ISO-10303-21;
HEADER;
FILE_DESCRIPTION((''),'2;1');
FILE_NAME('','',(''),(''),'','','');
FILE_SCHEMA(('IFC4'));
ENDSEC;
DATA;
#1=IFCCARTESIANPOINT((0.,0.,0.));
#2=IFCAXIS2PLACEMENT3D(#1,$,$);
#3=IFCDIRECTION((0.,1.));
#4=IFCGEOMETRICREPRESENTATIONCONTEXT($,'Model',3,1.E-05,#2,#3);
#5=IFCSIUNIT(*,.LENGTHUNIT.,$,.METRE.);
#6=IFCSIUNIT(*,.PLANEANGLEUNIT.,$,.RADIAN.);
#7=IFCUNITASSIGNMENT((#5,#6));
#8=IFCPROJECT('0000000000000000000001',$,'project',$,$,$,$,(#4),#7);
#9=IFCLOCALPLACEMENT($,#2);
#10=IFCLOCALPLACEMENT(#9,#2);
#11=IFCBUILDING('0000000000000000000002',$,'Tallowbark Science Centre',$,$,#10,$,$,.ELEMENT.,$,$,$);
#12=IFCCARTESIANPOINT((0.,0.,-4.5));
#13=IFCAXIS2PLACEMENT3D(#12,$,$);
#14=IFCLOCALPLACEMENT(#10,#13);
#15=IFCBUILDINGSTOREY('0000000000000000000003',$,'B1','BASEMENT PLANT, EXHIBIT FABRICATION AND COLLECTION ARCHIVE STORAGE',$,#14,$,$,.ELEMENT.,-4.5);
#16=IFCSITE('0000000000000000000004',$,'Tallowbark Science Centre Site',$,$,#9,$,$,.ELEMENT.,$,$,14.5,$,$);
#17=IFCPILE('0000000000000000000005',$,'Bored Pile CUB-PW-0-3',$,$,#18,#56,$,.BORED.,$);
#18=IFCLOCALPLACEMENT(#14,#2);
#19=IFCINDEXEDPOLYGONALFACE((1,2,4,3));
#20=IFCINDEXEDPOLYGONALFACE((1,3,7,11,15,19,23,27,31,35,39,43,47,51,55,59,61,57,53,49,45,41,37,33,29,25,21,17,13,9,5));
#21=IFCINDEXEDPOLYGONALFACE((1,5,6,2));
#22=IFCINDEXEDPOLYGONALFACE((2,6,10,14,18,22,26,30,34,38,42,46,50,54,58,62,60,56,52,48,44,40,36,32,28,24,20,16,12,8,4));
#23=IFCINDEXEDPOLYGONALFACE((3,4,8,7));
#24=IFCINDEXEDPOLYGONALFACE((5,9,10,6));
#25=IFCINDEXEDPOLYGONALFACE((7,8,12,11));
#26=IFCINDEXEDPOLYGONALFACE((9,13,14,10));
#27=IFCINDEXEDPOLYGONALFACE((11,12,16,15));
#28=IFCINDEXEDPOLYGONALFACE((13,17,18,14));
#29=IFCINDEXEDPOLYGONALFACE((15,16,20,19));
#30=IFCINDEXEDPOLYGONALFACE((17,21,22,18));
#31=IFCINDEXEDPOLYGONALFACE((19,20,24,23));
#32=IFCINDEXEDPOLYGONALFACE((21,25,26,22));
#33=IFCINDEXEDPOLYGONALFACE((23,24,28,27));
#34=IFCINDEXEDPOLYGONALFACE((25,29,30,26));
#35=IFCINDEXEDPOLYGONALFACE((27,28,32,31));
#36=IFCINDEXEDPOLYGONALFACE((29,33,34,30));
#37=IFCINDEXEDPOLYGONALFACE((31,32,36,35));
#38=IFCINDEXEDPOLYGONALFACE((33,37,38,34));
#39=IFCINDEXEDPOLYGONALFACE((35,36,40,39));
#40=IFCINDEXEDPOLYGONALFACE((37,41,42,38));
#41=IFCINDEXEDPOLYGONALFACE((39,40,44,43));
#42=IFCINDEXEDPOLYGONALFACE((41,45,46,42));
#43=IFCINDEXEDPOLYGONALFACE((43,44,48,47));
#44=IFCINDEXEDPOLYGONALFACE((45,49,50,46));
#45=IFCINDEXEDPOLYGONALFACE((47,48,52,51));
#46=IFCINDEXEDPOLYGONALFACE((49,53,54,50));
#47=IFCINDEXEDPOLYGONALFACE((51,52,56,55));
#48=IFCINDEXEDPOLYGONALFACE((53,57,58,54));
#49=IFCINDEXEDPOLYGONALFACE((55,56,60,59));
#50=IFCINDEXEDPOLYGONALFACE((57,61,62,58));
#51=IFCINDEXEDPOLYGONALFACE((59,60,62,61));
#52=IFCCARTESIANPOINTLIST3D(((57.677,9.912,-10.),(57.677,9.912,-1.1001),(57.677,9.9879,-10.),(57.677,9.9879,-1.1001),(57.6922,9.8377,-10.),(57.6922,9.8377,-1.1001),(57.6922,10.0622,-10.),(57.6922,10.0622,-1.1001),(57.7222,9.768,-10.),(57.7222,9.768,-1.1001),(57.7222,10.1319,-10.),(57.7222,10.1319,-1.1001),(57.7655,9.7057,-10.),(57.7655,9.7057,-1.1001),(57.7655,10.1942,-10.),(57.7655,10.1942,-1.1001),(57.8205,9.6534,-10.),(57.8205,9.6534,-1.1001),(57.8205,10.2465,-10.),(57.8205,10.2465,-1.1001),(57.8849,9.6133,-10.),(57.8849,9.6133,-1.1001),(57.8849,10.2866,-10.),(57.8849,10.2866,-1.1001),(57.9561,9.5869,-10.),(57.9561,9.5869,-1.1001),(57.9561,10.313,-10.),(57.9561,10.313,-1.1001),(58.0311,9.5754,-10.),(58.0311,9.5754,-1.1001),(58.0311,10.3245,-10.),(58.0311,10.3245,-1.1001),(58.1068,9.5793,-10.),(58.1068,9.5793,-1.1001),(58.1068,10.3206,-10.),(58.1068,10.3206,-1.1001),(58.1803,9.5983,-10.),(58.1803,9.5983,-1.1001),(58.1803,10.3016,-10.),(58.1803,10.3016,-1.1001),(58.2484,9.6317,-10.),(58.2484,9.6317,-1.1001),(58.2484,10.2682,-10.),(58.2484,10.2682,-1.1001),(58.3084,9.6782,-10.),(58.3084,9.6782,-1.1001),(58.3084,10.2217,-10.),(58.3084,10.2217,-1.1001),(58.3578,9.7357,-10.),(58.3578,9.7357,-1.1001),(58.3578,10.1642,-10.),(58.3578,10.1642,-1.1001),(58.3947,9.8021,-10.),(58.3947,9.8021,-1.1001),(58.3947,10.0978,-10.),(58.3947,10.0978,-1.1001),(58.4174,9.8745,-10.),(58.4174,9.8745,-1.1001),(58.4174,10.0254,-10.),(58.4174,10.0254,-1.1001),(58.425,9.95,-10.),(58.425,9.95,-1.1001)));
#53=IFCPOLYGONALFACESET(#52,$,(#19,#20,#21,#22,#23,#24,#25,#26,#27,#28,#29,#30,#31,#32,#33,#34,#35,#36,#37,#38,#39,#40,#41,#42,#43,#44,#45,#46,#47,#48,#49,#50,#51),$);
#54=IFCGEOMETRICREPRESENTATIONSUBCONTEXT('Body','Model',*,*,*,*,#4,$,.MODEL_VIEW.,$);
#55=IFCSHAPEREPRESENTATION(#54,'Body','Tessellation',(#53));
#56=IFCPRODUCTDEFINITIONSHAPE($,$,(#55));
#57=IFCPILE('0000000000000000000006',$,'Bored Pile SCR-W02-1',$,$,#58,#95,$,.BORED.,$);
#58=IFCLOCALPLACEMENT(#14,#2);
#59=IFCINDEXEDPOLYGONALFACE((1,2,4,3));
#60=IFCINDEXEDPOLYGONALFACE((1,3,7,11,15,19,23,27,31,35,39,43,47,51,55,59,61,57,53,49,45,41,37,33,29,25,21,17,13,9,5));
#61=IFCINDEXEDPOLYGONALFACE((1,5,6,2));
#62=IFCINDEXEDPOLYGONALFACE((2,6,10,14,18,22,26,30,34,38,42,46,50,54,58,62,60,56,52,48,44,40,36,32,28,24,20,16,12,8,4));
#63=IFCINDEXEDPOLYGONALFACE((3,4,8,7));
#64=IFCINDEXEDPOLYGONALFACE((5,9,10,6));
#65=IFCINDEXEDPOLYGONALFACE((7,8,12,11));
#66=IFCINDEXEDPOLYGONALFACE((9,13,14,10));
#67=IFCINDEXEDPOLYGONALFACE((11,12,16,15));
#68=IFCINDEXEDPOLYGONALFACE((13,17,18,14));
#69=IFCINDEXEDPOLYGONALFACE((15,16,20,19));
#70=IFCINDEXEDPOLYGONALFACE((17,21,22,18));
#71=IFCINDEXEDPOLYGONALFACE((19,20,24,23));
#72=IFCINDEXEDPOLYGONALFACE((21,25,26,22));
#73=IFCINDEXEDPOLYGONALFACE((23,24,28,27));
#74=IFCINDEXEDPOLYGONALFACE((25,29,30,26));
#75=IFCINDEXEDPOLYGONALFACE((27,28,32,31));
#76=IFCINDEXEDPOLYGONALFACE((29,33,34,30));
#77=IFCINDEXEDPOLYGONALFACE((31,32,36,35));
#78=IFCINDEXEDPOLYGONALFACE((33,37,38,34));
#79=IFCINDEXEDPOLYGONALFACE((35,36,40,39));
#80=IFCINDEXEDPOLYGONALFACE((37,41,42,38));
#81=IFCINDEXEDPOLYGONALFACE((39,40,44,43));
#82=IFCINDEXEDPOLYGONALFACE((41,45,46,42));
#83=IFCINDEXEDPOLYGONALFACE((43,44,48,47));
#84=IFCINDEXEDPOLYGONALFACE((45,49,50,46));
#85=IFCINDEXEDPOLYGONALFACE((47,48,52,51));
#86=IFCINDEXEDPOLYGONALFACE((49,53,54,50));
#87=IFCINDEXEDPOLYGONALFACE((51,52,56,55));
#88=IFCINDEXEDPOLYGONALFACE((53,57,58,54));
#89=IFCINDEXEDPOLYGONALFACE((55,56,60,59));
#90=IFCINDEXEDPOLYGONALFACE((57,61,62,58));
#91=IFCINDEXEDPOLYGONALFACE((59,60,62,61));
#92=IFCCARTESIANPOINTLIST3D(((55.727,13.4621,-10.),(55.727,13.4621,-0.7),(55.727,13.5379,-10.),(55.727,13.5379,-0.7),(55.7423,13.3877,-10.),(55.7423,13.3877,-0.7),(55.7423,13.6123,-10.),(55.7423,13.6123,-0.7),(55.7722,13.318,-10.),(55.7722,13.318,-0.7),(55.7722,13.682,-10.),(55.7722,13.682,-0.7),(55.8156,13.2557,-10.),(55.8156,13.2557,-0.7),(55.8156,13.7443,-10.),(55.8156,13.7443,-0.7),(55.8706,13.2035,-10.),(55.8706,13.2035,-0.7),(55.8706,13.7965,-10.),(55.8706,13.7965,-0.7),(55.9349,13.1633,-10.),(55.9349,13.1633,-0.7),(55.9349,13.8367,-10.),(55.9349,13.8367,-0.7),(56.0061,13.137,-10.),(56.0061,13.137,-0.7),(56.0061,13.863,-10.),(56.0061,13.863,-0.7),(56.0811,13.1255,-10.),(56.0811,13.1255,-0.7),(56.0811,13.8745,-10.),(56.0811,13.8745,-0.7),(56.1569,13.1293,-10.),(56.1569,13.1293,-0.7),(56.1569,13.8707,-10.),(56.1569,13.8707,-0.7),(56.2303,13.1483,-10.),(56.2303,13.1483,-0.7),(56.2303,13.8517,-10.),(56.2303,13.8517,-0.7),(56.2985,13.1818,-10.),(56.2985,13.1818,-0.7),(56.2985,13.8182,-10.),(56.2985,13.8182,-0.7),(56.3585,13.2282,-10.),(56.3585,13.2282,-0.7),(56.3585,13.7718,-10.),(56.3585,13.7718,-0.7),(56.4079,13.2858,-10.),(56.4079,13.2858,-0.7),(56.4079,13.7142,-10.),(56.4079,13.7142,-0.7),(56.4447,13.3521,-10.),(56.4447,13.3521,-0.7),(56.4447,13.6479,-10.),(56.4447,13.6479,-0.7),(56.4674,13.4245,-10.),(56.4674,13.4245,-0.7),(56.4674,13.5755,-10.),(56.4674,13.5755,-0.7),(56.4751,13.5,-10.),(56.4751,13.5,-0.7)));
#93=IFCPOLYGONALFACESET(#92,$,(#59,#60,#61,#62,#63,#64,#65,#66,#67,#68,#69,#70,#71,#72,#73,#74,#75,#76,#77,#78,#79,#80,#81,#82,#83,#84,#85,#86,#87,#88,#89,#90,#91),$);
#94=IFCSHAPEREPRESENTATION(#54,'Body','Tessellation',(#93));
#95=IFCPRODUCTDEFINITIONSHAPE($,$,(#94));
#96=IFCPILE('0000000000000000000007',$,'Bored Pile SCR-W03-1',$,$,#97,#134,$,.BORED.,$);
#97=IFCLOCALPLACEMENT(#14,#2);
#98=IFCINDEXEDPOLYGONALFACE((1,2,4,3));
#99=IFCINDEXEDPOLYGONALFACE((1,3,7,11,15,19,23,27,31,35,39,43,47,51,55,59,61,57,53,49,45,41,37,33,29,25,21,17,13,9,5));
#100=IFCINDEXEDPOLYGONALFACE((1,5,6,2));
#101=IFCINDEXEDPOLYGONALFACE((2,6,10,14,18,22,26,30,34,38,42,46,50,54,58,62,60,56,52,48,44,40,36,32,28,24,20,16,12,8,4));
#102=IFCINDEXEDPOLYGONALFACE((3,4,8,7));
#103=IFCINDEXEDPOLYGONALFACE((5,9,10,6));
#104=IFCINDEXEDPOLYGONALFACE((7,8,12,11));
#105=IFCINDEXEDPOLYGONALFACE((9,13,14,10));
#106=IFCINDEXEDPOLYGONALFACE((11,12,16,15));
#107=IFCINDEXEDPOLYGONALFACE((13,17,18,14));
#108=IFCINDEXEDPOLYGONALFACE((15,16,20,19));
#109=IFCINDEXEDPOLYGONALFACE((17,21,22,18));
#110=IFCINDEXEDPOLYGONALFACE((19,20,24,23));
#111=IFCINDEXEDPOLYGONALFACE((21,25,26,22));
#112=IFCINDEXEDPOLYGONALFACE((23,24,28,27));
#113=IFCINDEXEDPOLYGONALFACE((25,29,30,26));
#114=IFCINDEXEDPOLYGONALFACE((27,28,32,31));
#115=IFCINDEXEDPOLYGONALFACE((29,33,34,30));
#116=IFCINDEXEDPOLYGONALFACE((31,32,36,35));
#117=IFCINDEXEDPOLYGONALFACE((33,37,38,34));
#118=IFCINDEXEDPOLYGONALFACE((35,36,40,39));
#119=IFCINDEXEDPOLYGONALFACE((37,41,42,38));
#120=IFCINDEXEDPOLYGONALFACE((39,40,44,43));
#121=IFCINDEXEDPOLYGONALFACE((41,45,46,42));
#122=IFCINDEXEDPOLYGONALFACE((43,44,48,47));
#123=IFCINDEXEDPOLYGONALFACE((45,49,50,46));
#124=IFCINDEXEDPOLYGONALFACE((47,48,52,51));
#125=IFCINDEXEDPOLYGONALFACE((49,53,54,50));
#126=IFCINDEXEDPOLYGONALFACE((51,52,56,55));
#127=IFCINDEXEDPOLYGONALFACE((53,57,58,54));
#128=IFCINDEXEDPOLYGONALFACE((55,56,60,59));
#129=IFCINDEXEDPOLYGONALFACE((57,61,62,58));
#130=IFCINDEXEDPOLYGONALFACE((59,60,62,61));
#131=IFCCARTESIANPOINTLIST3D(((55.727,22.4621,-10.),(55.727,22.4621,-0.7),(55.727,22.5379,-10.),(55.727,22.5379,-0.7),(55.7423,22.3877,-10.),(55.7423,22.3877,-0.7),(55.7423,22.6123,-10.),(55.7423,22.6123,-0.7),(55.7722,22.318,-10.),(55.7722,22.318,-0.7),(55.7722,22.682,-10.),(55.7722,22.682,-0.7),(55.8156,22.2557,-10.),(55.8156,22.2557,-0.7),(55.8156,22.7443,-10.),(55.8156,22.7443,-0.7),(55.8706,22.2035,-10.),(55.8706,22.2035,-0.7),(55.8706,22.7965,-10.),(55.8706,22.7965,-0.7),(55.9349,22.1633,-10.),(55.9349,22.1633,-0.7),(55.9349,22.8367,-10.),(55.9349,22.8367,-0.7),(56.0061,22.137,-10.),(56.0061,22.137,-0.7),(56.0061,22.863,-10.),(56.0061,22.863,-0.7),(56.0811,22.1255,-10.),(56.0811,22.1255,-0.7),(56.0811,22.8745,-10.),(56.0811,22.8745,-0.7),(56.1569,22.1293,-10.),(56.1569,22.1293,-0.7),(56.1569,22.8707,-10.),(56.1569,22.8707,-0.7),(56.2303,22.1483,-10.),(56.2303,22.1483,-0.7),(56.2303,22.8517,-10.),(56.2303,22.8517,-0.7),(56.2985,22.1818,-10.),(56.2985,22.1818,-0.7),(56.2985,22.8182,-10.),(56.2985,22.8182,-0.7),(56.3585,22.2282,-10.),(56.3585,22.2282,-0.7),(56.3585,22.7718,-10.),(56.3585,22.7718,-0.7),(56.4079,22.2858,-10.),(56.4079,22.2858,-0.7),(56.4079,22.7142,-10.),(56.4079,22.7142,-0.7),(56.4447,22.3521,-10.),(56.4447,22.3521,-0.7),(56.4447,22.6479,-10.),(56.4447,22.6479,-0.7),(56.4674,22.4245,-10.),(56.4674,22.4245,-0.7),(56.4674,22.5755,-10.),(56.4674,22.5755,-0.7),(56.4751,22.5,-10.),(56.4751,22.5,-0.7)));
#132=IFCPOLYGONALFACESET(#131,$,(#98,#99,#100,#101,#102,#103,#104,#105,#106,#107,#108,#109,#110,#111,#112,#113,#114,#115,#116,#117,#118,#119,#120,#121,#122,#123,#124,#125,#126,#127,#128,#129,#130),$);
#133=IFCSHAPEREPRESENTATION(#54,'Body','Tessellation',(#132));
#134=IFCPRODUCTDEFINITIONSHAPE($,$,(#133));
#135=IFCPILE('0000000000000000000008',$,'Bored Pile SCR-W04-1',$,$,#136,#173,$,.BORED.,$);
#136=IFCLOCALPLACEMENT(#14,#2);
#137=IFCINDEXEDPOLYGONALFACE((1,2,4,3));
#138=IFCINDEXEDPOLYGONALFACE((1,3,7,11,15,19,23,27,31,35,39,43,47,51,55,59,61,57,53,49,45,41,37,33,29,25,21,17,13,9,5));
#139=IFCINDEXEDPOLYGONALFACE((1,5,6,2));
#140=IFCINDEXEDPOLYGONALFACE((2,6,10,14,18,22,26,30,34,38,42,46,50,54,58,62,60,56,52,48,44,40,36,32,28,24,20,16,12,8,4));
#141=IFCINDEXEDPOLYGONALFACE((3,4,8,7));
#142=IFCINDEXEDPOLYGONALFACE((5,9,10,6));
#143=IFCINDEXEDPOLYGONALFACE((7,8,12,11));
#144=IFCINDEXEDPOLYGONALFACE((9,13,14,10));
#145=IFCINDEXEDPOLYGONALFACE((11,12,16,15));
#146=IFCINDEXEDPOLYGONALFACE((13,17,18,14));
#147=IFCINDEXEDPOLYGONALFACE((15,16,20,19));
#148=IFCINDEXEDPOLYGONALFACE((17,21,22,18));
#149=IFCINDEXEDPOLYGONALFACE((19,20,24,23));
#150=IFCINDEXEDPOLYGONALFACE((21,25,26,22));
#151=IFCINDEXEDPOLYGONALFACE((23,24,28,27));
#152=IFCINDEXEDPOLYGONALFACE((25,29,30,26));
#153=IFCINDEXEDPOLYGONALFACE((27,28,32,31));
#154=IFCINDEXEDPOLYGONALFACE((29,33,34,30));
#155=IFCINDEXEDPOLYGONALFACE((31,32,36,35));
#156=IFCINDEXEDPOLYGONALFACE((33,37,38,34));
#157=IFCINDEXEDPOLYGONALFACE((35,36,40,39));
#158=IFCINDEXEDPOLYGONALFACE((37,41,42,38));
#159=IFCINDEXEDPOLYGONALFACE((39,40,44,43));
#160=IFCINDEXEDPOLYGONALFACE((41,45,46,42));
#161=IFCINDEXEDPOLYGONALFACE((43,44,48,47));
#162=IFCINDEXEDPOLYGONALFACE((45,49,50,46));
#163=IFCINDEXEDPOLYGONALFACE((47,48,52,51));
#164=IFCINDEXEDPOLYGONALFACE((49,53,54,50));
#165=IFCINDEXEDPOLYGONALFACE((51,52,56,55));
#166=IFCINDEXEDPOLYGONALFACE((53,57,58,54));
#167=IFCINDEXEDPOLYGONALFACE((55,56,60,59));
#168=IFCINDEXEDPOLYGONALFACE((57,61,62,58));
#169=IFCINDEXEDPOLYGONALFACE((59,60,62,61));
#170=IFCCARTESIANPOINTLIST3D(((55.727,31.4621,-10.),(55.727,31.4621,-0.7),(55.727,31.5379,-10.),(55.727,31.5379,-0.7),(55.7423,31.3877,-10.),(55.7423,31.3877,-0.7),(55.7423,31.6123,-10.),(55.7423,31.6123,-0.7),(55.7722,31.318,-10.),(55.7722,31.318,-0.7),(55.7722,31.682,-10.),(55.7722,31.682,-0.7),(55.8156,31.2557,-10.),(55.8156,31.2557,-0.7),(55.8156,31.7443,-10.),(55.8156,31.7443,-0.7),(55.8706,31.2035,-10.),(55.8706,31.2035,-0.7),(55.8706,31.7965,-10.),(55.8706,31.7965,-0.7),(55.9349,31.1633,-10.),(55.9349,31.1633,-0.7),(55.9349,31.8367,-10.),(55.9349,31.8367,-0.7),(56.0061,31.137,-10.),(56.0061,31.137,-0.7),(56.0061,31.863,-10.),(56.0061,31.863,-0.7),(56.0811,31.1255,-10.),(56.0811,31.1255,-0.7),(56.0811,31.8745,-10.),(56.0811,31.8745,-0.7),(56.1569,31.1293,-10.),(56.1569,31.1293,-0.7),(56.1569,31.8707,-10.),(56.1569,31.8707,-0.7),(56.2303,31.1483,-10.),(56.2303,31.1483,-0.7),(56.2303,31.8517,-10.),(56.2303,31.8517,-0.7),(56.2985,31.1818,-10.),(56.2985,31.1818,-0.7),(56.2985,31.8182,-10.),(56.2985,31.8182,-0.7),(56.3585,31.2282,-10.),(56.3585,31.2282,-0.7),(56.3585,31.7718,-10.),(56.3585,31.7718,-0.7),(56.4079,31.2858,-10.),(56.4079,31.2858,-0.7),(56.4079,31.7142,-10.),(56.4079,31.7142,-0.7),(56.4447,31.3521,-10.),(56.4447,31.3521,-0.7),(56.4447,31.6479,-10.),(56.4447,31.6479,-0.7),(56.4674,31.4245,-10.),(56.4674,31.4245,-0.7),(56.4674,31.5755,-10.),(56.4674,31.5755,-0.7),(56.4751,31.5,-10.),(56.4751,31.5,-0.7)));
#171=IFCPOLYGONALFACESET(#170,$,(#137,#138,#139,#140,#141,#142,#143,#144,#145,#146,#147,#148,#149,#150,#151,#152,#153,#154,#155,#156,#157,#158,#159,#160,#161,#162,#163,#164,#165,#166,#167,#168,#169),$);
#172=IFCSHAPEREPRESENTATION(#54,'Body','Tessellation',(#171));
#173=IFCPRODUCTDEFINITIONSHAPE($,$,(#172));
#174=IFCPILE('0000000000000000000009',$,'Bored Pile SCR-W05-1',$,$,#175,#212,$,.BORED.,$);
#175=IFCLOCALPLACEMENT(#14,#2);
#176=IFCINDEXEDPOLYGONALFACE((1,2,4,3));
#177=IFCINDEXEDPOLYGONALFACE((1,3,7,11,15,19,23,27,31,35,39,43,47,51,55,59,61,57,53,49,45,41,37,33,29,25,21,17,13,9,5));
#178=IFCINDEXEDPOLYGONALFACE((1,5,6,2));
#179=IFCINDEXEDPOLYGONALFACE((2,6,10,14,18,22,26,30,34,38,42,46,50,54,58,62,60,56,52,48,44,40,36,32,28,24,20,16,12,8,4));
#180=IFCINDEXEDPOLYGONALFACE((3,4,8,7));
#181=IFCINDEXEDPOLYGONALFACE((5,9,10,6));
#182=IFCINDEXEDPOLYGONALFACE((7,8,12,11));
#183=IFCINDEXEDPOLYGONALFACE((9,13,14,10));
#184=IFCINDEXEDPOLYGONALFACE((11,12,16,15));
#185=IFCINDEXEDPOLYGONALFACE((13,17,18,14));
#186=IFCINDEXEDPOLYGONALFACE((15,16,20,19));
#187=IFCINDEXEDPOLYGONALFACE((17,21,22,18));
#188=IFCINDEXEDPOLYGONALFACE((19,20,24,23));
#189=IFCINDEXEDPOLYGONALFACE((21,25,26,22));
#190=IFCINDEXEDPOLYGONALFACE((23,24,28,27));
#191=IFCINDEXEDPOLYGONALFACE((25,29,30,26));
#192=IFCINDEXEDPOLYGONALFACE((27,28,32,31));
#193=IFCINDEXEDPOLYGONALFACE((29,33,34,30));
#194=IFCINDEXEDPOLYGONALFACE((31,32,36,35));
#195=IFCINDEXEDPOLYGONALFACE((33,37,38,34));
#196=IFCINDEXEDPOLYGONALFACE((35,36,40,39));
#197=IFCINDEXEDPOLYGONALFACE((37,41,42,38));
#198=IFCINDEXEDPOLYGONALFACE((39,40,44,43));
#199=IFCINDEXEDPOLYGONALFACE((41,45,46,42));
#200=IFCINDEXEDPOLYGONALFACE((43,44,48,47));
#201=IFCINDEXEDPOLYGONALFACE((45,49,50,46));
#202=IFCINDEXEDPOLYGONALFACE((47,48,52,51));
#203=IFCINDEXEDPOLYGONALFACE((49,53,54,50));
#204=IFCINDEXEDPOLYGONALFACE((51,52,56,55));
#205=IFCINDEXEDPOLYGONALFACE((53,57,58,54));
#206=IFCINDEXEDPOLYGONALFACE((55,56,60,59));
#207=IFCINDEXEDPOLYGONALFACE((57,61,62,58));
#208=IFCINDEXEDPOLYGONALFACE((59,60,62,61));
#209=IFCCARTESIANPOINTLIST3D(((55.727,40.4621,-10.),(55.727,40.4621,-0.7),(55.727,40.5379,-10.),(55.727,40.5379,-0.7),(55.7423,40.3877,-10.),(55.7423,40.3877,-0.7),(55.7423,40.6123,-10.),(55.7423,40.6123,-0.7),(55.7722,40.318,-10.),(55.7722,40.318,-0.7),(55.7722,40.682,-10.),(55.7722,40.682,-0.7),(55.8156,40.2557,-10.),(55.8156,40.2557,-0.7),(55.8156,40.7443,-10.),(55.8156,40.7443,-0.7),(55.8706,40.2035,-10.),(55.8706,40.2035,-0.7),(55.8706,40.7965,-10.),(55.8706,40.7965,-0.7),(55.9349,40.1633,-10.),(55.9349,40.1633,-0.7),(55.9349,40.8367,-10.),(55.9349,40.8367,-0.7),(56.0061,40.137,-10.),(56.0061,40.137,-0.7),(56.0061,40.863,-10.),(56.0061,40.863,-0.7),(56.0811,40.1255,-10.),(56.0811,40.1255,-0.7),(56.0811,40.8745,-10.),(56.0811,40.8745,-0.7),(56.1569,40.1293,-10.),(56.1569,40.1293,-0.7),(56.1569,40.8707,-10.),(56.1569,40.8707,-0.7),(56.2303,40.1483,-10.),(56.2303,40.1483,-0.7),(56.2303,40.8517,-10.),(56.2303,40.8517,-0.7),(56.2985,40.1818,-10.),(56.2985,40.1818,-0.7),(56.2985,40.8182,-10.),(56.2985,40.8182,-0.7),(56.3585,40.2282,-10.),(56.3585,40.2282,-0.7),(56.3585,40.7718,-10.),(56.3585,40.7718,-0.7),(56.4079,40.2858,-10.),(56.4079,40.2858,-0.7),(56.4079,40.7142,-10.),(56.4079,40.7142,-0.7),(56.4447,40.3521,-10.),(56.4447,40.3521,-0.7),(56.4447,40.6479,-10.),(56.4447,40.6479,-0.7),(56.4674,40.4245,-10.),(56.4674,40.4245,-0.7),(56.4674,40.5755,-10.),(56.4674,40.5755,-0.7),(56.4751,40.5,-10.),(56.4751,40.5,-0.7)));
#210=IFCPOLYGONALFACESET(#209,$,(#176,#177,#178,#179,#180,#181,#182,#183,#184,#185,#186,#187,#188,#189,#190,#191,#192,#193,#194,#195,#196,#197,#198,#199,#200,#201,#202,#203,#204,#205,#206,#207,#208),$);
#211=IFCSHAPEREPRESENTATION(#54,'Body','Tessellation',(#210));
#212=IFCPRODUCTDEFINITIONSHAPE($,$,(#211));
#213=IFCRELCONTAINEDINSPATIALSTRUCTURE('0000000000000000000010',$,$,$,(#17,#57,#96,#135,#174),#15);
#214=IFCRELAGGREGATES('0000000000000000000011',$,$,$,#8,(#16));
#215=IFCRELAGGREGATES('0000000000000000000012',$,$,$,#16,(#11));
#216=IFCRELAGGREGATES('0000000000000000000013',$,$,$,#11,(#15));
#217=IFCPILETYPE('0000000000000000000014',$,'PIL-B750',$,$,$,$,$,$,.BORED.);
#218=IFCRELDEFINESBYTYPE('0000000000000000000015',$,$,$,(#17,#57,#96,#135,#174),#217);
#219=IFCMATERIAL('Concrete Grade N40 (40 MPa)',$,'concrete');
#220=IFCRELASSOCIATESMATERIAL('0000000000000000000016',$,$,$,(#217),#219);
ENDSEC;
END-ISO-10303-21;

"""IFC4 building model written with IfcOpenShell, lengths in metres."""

from ifc_helpers import new_model, si_unit, direction, frame, origin, origin_2d, place, context, subcontext, project, spatial, circle, extrude, material, material_profile, profile_set, type_object, element, save


model = new_model("IFC4")

# Units and contexts
model_context = context("Model", 3, precision=1e-05, world=origin(), true_north=direction((0.0, 1.0)))
body_context = subcontext(model_context, "Body", "Model", "MODEL_VIEW")
ifc_project = project(units=[si_unit("LENGTHUNIT", "METRE"), si_unit("PLANEANGLEUNIT", "RADIAN")], contexts=[model_context])

# Site, building, storey
site_placement = place(None, origin())
site = spatial("IfcSite", under=ifc_project, at=site_placement, Name="Tallowbark Science Centre Site", CompositionType="ELEMENT", RefElevation=14.5)
building_placement = place(site_placement, origin())
building = spatial("IfcBuilding", under=site, at=building_placement, Name="Tallowbark Science Centre", CompositionType="ELEMENT")
storey_placement = place(building_placement, frame((0.0, 0.0, -4.5)))
storey = spatial("IfcBuildingStorey", under=building, at=storey_placement, Name="B1", Description="BASEMENT PLANT, EXHIBIT FABRICATION AND COLLECTION ARCHIVE STORAGE", CompositionType="ELEMENT", Elevation=-4.5)

# Shared definitions
ifc_material_1 = material(Name="Concrete Grade N40 (40 MPa)", Category="concrete")

# Piles
ifc_material_profile_1 = material_profile(ifc_material_1, circle(Radius=0.375, at=origin_2d()), Name="PILE750")
ifc_profile_set_1 = profile_set([ifc_material_profile_1], Name="Concrete Grade N40 (40 MPa)")
pile_type = type_object("IfcPileType", Name="PIL-B750", PredefinedType="BORED", material=ifc_profile_set_1)
for number, where, z_axis, x_axis, name in (
    (1, (58.05, 9.95, -1.1001), (0.0, 0.0, -1.0), (1.0, 0.0, 0.0), "Bored Pile CUB-PW-0-3"),
):
    element("IfcPile", number, at=place(storey_placement, frame(where, z_axis=z_axis, x_axis=x_axis)), inside=storey, type_object=pile_type, Name=name, PredefinedType="BORED", context=body_context, shape_type="SweptSolid", body=[
        extrude(circle(Radius=0.375, at=origin_2d()), origin(), (0.0, 0.0, 1.0), 8.8999),
    ])
for number, where, z_axis, x_axis, name in (
    (2, (56.1001, 13.5, -0.7), (0.0, 0.0, -1.0), (1.0, 0.0, 0.0), "Bored Pile SCR-W02-1"),
    (3, (56.1001, 22.5, -0.7), (0.0, 0.0, -1.0), (1.0, 0.0, 0.0), "Bored Pile SCR-W03-1"),
    (4, (56.1001, 31.5, -0.7), (0.0, 0.0, -1.0), (1.0, 0.0, 0.0), "Bored Pile SCR-W04-1"),
    (5, (56.1001, 40.5, -0.7), (0.0, 0.0, -1.0), (1.0, 0.0, 0.0), "Bored Pile SCR-W05-1"),
):
    element("IfcPile", number, at=place(storey_placement, frame(where, z_axis=z_axis, x_axis=x_axis)), inside=storey, type_object=pile_type, Name=name, PredefinedType="BORED", context=body_context, shape_type="SweptSolid", body=[
        extrude(circle(Radius=0.375, at=origin_2d()), origin(), (0.0, 0.0, 1.0), 9.3),
    ])

save(model, "model.ifc")
